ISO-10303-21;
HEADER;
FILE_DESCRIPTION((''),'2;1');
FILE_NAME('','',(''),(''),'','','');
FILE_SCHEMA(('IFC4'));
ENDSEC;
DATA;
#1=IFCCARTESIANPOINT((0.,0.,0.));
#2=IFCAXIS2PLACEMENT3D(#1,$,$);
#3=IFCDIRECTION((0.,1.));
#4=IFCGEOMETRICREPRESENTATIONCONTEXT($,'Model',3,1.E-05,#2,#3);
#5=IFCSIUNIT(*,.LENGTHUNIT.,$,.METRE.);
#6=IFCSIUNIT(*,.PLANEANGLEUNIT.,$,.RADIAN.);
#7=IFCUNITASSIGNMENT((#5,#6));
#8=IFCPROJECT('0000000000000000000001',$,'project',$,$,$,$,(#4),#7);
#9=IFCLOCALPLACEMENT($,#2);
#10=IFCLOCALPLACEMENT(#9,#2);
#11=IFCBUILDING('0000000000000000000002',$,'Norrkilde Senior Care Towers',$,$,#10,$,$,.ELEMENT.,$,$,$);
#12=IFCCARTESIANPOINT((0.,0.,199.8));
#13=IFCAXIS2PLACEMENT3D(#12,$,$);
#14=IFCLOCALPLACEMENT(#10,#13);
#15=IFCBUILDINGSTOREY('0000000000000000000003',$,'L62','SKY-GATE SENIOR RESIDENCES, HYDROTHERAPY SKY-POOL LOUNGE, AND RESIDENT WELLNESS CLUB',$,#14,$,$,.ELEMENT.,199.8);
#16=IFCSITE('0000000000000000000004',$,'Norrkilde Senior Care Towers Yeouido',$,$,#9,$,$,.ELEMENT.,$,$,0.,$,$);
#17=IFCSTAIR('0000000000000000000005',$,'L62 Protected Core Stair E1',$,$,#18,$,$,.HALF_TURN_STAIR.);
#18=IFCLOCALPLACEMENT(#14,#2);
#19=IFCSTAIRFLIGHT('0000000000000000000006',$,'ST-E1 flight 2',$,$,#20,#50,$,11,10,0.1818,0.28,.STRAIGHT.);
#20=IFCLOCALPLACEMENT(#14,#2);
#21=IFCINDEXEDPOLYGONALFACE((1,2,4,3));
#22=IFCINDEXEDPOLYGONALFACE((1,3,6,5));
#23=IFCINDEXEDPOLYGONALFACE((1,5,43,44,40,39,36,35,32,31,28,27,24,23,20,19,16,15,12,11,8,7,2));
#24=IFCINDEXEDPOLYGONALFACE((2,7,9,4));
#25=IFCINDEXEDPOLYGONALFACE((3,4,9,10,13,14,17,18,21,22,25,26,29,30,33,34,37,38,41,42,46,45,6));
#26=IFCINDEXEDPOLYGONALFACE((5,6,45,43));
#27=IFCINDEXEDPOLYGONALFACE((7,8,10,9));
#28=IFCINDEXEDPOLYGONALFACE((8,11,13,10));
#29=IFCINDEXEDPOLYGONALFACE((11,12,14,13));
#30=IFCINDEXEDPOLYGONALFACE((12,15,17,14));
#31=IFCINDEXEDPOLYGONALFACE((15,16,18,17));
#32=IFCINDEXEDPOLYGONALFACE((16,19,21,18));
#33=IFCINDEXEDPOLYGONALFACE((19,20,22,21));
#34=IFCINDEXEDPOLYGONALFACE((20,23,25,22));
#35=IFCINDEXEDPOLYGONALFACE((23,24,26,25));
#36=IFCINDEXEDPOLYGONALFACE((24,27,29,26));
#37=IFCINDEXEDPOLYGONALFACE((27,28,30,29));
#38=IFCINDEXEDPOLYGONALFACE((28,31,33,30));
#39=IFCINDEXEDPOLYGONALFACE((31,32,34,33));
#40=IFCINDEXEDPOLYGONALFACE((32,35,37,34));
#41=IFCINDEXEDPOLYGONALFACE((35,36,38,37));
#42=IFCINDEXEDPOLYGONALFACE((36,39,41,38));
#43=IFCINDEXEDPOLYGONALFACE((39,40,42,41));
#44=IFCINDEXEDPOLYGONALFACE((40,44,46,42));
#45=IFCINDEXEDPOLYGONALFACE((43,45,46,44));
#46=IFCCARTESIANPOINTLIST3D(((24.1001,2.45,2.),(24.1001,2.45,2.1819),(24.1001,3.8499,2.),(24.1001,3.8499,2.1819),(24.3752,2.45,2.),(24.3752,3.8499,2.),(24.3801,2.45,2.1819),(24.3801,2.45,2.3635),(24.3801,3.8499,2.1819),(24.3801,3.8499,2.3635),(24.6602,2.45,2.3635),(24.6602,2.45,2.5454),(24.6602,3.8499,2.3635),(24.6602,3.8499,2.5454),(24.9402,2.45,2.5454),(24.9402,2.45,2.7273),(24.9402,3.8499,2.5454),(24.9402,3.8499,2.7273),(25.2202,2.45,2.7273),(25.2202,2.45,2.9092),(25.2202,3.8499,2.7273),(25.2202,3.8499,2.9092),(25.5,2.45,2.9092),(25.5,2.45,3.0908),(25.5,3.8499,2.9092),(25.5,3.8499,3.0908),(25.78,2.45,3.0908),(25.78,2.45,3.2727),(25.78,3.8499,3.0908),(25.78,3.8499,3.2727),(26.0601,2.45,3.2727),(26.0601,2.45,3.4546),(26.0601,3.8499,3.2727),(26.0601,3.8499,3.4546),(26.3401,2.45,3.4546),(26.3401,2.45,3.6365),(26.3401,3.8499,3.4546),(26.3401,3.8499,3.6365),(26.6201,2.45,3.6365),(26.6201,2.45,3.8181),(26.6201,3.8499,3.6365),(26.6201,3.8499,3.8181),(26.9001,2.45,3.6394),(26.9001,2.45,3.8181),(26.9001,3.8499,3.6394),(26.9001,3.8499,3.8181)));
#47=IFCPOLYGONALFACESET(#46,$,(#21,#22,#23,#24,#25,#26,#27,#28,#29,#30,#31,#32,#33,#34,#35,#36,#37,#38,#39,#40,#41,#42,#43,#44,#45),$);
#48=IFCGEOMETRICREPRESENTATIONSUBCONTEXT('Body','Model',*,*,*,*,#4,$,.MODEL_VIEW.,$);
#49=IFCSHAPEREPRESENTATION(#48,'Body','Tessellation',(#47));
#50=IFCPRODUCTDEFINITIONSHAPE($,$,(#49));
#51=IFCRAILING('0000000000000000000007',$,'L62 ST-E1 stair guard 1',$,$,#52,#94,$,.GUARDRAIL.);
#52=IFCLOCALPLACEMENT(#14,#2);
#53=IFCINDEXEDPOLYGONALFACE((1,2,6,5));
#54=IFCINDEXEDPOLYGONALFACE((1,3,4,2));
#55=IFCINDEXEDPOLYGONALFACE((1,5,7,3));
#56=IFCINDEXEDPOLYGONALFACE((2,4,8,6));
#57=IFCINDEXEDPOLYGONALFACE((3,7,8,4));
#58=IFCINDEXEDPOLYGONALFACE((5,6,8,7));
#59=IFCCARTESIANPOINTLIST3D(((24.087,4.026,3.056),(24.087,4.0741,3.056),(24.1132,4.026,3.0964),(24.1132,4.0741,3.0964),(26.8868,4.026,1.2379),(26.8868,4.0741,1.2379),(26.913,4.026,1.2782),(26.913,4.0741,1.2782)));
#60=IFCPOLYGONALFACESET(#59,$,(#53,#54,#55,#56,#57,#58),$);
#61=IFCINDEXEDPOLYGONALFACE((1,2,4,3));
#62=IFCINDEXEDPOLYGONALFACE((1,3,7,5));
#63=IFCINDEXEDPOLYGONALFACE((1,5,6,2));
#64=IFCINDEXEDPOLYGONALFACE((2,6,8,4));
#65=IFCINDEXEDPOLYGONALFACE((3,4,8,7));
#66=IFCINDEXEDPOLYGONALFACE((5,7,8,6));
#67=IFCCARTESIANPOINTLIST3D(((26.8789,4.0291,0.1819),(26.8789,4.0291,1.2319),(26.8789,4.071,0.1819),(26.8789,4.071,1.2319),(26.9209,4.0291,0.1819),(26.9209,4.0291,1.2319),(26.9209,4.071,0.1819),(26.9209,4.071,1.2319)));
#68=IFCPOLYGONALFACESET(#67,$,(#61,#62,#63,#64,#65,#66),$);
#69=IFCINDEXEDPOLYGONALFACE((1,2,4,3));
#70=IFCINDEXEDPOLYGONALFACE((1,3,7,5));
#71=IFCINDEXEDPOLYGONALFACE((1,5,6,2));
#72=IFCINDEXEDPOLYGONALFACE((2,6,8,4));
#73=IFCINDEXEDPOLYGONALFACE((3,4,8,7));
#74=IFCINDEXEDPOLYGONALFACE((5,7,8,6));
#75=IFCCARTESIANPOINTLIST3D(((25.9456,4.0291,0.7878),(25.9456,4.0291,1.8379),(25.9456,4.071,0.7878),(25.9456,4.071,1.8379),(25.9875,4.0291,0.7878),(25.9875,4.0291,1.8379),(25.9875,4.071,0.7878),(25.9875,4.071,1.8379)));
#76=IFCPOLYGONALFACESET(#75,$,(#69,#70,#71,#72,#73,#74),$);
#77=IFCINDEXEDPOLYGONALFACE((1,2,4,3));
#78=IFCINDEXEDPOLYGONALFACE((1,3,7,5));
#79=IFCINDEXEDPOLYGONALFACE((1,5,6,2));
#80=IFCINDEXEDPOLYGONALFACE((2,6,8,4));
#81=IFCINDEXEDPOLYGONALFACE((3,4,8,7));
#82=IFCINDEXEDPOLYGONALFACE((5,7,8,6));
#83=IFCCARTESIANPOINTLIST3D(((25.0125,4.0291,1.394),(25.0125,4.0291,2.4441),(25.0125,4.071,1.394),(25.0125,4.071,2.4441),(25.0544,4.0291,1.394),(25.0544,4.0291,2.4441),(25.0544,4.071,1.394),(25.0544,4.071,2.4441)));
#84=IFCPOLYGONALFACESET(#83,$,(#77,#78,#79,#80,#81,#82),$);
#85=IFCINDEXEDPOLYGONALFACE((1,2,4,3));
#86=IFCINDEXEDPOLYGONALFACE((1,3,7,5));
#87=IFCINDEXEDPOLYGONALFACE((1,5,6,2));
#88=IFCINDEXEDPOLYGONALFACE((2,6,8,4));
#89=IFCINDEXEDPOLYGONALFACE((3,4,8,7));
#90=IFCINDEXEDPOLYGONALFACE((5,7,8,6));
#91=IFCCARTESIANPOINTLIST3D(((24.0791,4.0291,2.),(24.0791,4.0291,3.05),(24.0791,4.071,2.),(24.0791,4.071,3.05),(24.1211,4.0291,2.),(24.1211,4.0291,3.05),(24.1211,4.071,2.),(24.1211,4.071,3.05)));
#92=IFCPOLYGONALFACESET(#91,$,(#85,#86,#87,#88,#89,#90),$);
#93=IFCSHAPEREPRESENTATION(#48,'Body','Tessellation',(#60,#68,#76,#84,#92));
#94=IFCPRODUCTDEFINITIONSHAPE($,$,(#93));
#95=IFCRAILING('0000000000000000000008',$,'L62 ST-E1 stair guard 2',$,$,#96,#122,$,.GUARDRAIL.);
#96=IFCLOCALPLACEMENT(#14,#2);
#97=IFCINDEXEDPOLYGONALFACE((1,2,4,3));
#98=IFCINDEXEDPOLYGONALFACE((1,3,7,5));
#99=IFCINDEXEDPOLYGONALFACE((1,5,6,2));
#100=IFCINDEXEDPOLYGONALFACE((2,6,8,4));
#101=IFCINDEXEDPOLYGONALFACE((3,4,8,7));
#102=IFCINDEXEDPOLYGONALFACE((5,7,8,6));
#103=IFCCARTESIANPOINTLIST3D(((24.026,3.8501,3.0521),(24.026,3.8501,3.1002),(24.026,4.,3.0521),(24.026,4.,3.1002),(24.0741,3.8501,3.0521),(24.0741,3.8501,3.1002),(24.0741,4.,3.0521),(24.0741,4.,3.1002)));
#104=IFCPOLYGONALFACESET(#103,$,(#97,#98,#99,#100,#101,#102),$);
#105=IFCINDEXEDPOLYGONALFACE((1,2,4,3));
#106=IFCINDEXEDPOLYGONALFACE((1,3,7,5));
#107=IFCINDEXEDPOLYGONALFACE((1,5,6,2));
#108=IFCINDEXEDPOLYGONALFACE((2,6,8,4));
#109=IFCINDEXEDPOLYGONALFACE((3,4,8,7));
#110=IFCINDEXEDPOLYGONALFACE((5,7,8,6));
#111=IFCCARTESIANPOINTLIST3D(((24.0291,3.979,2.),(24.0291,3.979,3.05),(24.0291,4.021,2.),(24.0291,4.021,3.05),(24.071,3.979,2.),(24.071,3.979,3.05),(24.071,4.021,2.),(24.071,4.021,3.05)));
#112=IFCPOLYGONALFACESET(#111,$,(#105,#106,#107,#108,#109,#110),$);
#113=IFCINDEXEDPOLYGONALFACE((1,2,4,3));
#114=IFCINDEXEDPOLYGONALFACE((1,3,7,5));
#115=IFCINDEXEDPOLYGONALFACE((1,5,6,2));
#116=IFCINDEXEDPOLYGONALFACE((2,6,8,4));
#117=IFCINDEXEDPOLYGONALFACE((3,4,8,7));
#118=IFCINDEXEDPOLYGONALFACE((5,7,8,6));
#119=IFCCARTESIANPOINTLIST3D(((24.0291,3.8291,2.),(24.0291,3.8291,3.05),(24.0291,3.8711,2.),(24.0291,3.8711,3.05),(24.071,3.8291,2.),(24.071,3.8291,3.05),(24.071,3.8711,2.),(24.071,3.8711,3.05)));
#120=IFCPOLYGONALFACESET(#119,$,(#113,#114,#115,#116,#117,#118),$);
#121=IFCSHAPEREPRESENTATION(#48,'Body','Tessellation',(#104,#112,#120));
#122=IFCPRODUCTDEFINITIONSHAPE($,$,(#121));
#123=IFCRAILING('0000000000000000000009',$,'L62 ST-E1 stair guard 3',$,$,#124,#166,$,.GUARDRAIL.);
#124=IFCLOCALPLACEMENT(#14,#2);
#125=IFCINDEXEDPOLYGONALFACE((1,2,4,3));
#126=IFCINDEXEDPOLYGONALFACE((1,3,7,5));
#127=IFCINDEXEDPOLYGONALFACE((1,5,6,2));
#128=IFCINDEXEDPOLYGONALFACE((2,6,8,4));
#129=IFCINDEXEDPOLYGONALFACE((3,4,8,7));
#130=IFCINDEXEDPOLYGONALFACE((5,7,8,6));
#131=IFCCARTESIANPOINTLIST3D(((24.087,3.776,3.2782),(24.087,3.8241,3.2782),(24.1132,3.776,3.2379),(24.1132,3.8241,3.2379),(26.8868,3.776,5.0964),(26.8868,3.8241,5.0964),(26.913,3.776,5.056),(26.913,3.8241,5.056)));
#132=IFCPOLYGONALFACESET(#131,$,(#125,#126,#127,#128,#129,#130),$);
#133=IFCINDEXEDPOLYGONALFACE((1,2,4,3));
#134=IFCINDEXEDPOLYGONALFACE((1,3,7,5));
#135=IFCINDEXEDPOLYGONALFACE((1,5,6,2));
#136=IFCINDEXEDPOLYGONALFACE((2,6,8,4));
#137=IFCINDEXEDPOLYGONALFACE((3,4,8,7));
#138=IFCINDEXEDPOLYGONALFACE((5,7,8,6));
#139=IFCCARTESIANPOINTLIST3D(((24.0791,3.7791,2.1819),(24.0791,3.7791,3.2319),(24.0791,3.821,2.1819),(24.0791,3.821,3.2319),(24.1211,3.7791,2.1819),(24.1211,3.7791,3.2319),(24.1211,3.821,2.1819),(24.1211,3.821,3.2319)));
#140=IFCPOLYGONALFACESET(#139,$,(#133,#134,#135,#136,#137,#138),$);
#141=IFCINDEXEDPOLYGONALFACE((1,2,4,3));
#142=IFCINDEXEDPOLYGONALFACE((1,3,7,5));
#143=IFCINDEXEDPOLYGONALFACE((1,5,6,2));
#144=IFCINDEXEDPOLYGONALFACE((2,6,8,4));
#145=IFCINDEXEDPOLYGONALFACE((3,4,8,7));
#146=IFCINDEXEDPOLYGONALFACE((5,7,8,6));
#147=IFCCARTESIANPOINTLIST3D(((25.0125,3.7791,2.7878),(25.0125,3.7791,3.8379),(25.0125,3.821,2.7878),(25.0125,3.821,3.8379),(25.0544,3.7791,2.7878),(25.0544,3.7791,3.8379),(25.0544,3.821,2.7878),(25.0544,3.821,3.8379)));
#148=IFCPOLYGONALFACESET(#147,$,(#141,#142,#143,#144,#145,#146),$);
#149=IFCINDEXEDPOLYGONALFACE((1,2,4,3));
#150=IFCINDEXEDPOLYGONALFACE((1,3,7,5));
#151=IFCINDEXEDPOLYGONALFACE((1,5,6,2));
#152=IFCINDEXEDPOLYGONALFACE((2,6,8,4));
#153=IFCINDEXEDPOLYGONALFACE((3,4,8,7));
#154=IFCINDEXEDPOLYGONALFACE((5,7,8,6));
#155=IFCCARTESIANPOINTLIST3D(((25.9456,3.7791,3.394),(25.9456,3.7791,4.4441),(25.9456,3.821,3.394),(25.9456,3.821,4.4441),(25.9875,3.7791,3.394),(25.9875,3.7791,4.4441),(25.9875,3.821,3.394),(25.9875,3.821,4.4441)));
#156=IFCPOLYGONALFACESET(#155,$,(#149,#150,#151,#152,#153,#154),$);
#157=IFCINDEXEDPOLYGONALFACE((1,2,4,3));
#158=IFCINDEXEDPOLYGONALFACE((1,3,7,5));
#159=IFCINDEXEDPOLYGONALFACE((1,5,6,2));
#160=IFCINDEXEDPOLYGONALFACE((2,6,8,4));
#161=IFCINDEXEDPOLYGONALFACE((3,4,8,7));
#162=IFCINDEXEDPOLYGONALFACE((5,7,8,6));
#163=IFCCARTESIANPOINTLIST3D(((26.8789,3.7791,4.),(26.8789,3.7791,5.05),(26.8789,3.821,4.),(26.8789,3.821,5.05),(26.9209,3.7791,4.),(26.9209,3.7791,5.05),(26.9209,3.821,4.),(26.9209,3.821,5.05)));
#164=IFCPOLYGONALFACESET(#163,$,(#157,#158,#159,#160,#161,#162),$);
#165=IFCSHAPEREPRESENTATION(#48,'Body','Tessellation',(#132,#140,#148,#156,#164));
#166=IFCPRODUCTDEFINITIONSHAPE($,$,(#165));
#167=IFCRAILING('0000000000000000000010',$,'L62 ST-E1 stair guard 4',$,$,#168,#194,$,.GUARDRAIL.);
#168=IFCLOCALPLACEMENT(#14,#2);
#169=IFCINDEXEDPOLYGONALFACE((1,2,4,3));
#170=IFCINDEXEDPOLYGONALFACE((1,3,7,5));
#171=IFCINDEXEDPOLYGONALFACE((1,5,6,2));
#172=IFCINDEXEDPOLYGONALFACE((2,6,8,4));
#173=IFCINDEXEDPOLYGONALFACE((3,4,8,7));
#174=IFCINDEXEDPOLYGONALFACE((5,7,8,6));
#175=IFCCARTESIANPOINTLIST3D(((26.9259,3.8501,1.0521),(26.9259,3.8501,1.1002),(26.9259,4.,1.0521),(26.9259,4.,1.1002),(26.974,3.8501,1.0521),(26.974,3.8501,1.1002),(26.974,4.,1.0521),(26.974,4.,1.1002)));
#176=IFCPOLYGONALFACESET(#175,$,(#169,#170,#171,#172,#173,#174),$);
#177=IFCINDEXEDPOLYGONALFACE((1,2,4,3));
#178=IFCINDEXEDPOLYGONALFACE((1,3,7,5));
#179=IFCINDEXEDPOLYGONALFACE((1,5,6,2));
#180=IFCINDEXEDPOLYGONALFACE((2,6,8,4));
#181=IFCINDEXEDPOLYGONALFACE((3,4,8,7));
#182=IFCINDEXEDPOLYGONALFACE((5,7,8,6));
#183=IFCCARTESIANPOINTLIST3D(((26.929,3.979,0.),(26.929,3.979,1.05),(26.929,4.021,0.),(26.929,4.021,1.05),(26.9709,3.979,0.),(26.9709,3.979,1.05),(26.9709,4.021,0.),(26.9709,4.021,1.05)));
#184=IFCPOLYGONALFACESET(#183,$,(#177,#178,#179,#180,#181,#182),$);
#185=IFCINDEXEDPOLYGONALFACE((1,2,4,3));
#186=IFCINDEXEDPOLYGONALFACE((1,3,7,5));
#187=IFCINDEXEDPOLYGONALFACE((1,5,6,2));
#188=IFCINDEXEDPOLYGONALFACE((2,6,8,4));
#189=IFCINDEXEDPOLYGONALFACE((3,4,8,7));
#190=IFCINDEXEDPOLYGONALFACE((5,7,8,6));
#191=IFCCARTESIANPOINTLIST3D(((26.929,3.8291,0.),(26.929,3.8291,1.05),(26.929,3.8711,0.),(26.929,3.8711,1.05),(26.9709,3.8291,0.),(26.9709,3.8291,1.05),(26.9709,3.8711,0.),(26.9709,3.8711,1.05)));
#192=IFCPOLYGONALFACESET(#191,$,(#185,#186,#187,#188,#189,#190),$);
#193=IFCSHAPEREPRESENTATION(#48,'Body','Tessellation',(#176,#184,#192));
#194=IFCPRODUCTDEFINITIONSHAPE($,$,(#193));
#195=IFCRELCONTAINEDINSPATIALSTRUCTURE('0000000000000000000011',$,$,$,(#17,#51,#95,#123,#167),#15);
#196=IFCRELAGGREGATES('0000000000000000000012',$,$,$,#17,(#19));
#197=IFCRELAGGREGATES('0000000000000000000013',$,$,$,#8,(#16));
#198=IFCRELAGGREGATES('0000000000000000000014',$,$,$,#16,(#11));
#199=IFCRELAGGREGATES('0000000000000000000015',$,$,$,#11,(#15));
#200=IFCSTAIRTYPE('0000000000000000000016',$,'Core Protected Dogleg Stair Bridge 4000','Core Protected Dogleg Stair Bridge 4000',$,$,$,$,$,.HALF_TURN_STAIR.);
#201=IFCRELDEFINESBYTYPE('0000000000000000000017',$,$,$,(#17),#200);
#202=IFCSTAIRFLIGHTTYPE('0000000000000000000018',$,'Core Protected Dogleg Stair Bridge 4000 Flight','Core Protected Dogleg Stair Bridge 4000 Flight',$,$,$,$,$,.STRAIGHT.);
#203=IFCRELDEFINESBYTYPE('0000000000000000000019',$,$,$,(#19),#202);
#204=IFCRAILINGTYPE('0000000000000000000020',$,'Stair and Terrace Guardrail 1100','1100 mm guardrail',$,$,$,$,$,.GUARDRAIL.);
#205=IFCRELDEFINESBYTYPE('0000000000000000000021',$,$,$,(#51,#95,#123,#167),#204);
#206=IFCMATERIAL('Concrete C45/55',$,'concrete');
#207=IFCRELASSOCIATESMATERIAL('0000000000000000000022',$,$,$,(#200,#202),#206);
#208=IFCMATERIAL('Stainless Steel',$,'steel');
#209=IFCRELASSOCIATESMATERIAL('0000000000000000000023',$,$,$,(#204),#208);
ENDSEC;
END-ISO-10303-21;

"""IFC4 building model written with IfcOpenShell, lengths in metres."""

from ifc_helpers import new_model, si_unit, direction, frame, origin, origin_2d, place, context, subcontext, project, spatial, polyline, rectangle, outline, extrude, material, type_object, element, aggregate, save


model = new_model("IFC4")

# Units and contexts
model_context = context("Model", 3, precision=1e-05, world=origin(), true_north=direction((0.0, 1.0)))
body_context = subcontext(model_context, "Body", "Model", "MODEL_VIEW")
ifc_project = project(units=[si_unit("LENGTHUNIT", "METRE"), si_unit("PLANEANGLEUNIT", "RADIAN")], contexts=[model_context])

# Site, building, storey
site_placement = place(None, origin())
site = spatial("IfcSite", under=ifc_project, at=site_placement, Name="Norrkilde Senior Care Towers Yeouido", CompositionType="ELEMENT", RefElevation=0.0)
building_placement = place(site_placement, origin())
building = spatial("IfcBuilding", under=site, at=building_placement, Name="Norrkilde Senior Care Towers", CompositionType="ELEMENT")
storey_placement = place(building_placement, frame((0.0, 0.0, 199.8)))
storey = spatial("IfcBuildingStorey", under=building, at=storey_placement, Name="L62", Description="SKY-GATE SENIOR RESIDENCES, HYDROTHERAPY SKY-POOL LOUNGE, AND RESIDENT WELLNESS CLUB", CompositionType="ELEMENT", Elevation=199.8)

# Shared definitions
ifc_material_1 = material(Name="Concrete C45/55", Category="concrete")

# Stair, stair flight
stair_type = type_object("IfcStairType", Name="Core Protected Dogleg Stair Bridge 4000", Description="Core Protected Dogleg Stair Bridge 4000", PredefinedType="HALF_TURN_STAIR", material=ifc_material_1)
stair_placement = place(storey_placement, origin())
stair = element("IfcStair", 1, at=stair_placement, inside=storey, type_object=stair_type, Name="L62 Protected Core Stair E1", PredefinedType="HALF_TURN_STAIR")
stair_flight_type = type_object("IfcStairFlightType", Name="Core Protected Dogleg Stair Bridge 4000 Flight", Description="Core Protected Dogleg Stair Bridge 4000 Flight", PredefinedType="STRAIGHT", material=ifc_material_1)
stair_flight_1_placement = place(storey_placement, frame((24.1001, 3.1499, 2.0), z_axis=(0.0, 0.0, 1.0), x_axis=(1.0, 0.0, 0.0)))
stair_flight_1 = element("IfcStairFlight", 2, at=stair_flight_1_placement, type_object=stair_flight_type, Name="ST-E1 flight 2", NumberOfRisers=11, NumberOfTreads=10, PredefinedType="STRAIGHT", RiserHeight=0.1818, TreadLength=0.28, context=body_context, shape_type="SweptSolid", body=[
    extrude(outline(polyline([(0.0, 0.0), (0.0, 0.1819), (0.28, 0.1819), (0.28, 0.3635), (0.5601, 0.3635), (0.5601, 0.5454), (0.8401, 0.5454), (0.8401, 0.7273), (1.1201, 0.7273), (1.1201, 0.9092), (1.3999, 0.9092), (1.3999, 1.0908), (1.6799, 1.0908), (1.6799, 1.2727), (1.96, 1.2727), (1.96, 1.4546), (2.24, 1.4546), (2.24, 1.6365), (2.52, 1.6365), (2.52, 1.8181), (2.8, 1.8181), (2.8, 2.0), (2.8, 1.6394), (0.2751, 0.0), (0.0, 0.0)])), frame((0.0, 0.7, 0.0), z_axis=(0.0, -1.0, 0.0), x_axis=(1.0, 0.0, 0.0)), (0.0, 0.0, 1.0), 1.3999),
])
aggregate(stair, [stair_flight_1])

# Railings
ifc_material_2 = material(Name="Stainless Steel", Category="steel")
railing_type_1 = type_object("IfcRailingType", Name="Stair and Terrace Guardrail 1100", Description="1100 mm guardrail", PredefinedType="GUARDRAIL", material=ifc_material_2)
railing_1_placement = place(storey_placement, frame((26.8999, 4.05, 0.1819)))
element("IfcRailing", 3, at=railing_1_placement, inside=storey, type_object=railing_type_1, Name="L62 ST-E1 stair guard 1", PredefinedType="GUARDRAIL", context=body_context, shape_type="SweptSolid", body=[
    extrude(rectangle(XDim=0.0481, YDim=0.0481, at=origin_2d()), frame((0.0, 0.0, 1.0762), z_axis=(-0.838684, 0.0, 0.544618), x_axis=(0.0, -1.0, 0.0)), (0.0, 0.0, 1.0), 3.3384),
    extrude(rectangle(XDim=0.042, YDim=0.042, at=origin_2d()), origin(), (0.0, 0.0, 1.0), 1.05),
    extrude(rectangle(XDim=0.042, YDim=0.042, at=origin_2d()), frame((-0.9333, 0.0, 0.606)), (0.0, 0.0, 1.0), 1.05),
    extrude(rectangle(XDim=0.042, YDim=0.042, at=origin_2d()), frame((-1.8665, 0.0, 1.2122)), (0.0, 0.0, 1.0), 1.05),
    extrude(rectangle(XDim=0.042, YDim=0.042, at=origin_2d()), frame((-2.7998, 0.0, 1.8181)), (0.0, 0.0, 1.0), 1.05),
])
railing_2_placement = place(storey_placement, frame((24.05, 4.0, 2.0)))
element("IfcRailing", 4, at=railing_2_placement, inside=storey, type_object=railing_type_1, Name="L62 ST-E1 stair guard 2", PredefinedType="GUARDRAIL", context=body_context, shape_type="SweptSolid", body=[
    extrude(rectangle(XDim=0.0481, YDim=0.0481, at=origin_2d()), frame((0.0, 0.0, 1.0762), z_axis=(0.0, -1.0, 0.0), x_axis=(1.0, 0.0, 0.0)), (0.0, 0.0, 1.0), 0.1499),
    extrude(rectangle(XDim=0.042, YDim=0.042, at=origin_2d()), origin(), (0.0, 0.0, 1.0), 1.05),
    extrude(rectangle(XDim=0.042, YDim=0.042, at=origin_2d()), frame((0.0, -0.1499, 0.0)), (0.0, 0.0, 1.0), 1.05),
])
railing_3_placement = place(storey_placement, frame((24.1001, 3.8, 2.1819)))
element("IfcRailing", 5, at=railing_3_placement, inside=storey, type_object=railing_type_1, Name="L62 ST-E1 stair guard 3", PredefinedType="GUARDRAIL", context=body_context, shape_type="SweptSolid", body=[
    extrude(rectangle(XDim=0.0481, YDim=0.0481, at=origin_2d()), frame((0.0, 0.0, 1.0762), z_axis=(0.838684, 0.0, 0.544618), x_axis=(0.0, 1.0, 0.0)), (0.0, 0.0, 1.0), 3.3384),
    extrude(rectangle(XDim=0.042, YDim=0.042, at=origin_2d()), origin(), (0.0, 0.0, 1.0), 1.05),
    extrude(rectangle(XDim=0.042, YDim=0.042, at=origin_2d()), frame((0.9333, 0.0, 0.606)), (0.0, 0.0, 1.0), 1.05),
    extrude(rectangle(XDim=0.042, YDim=0.042, at=origin_2d()), frame((1.8665, 0.0, 1.2122)), (0.0, 0.0, 1.0), 1.05),
    extrude(rectangle(XDim=0.042, YDim=0.042, at=origin_2d()), frame((2.7998, 0.0, 1.8181)), (0.0, 0.0, 1.0), 1.05),
])
railing_4_placement = place(storey_placement, frame((26.95, 4.0, 0.0)))
element("IfcRailing", 6, at=railing_4_placement, inside=storey, type_object=railing_type_1, Name="L62 ST-E1 stair guard 4", PredefinedType="GUARDRAIL", context=body_context, shape_type="SweptSolid", body=[
    extrude(rectangle(XDim=0.0481, YDim=0.0481, at=origin_2d()), frame((0.0, 0.0, 1.0762), z_axis=(0.0, -1.0, 0.0), x_axis=(1.0, 0.0, 0.0)), (0.0, 0.0, 1.0), 0.1499),
    extrude(rectangle(XDim=0.042, YDim=0.042, at=origin_2d()), origin(), (0.0, 0.0, 1.0), 1.05),
    extrude(rectangle(XDim=0.042, YDim=0.042, at=origin_2d()), frame((0.0, -0.1499, 0.0)), (0.0, 0.0, 1.0), 1.05),
])

save(model, "model.ifc")
